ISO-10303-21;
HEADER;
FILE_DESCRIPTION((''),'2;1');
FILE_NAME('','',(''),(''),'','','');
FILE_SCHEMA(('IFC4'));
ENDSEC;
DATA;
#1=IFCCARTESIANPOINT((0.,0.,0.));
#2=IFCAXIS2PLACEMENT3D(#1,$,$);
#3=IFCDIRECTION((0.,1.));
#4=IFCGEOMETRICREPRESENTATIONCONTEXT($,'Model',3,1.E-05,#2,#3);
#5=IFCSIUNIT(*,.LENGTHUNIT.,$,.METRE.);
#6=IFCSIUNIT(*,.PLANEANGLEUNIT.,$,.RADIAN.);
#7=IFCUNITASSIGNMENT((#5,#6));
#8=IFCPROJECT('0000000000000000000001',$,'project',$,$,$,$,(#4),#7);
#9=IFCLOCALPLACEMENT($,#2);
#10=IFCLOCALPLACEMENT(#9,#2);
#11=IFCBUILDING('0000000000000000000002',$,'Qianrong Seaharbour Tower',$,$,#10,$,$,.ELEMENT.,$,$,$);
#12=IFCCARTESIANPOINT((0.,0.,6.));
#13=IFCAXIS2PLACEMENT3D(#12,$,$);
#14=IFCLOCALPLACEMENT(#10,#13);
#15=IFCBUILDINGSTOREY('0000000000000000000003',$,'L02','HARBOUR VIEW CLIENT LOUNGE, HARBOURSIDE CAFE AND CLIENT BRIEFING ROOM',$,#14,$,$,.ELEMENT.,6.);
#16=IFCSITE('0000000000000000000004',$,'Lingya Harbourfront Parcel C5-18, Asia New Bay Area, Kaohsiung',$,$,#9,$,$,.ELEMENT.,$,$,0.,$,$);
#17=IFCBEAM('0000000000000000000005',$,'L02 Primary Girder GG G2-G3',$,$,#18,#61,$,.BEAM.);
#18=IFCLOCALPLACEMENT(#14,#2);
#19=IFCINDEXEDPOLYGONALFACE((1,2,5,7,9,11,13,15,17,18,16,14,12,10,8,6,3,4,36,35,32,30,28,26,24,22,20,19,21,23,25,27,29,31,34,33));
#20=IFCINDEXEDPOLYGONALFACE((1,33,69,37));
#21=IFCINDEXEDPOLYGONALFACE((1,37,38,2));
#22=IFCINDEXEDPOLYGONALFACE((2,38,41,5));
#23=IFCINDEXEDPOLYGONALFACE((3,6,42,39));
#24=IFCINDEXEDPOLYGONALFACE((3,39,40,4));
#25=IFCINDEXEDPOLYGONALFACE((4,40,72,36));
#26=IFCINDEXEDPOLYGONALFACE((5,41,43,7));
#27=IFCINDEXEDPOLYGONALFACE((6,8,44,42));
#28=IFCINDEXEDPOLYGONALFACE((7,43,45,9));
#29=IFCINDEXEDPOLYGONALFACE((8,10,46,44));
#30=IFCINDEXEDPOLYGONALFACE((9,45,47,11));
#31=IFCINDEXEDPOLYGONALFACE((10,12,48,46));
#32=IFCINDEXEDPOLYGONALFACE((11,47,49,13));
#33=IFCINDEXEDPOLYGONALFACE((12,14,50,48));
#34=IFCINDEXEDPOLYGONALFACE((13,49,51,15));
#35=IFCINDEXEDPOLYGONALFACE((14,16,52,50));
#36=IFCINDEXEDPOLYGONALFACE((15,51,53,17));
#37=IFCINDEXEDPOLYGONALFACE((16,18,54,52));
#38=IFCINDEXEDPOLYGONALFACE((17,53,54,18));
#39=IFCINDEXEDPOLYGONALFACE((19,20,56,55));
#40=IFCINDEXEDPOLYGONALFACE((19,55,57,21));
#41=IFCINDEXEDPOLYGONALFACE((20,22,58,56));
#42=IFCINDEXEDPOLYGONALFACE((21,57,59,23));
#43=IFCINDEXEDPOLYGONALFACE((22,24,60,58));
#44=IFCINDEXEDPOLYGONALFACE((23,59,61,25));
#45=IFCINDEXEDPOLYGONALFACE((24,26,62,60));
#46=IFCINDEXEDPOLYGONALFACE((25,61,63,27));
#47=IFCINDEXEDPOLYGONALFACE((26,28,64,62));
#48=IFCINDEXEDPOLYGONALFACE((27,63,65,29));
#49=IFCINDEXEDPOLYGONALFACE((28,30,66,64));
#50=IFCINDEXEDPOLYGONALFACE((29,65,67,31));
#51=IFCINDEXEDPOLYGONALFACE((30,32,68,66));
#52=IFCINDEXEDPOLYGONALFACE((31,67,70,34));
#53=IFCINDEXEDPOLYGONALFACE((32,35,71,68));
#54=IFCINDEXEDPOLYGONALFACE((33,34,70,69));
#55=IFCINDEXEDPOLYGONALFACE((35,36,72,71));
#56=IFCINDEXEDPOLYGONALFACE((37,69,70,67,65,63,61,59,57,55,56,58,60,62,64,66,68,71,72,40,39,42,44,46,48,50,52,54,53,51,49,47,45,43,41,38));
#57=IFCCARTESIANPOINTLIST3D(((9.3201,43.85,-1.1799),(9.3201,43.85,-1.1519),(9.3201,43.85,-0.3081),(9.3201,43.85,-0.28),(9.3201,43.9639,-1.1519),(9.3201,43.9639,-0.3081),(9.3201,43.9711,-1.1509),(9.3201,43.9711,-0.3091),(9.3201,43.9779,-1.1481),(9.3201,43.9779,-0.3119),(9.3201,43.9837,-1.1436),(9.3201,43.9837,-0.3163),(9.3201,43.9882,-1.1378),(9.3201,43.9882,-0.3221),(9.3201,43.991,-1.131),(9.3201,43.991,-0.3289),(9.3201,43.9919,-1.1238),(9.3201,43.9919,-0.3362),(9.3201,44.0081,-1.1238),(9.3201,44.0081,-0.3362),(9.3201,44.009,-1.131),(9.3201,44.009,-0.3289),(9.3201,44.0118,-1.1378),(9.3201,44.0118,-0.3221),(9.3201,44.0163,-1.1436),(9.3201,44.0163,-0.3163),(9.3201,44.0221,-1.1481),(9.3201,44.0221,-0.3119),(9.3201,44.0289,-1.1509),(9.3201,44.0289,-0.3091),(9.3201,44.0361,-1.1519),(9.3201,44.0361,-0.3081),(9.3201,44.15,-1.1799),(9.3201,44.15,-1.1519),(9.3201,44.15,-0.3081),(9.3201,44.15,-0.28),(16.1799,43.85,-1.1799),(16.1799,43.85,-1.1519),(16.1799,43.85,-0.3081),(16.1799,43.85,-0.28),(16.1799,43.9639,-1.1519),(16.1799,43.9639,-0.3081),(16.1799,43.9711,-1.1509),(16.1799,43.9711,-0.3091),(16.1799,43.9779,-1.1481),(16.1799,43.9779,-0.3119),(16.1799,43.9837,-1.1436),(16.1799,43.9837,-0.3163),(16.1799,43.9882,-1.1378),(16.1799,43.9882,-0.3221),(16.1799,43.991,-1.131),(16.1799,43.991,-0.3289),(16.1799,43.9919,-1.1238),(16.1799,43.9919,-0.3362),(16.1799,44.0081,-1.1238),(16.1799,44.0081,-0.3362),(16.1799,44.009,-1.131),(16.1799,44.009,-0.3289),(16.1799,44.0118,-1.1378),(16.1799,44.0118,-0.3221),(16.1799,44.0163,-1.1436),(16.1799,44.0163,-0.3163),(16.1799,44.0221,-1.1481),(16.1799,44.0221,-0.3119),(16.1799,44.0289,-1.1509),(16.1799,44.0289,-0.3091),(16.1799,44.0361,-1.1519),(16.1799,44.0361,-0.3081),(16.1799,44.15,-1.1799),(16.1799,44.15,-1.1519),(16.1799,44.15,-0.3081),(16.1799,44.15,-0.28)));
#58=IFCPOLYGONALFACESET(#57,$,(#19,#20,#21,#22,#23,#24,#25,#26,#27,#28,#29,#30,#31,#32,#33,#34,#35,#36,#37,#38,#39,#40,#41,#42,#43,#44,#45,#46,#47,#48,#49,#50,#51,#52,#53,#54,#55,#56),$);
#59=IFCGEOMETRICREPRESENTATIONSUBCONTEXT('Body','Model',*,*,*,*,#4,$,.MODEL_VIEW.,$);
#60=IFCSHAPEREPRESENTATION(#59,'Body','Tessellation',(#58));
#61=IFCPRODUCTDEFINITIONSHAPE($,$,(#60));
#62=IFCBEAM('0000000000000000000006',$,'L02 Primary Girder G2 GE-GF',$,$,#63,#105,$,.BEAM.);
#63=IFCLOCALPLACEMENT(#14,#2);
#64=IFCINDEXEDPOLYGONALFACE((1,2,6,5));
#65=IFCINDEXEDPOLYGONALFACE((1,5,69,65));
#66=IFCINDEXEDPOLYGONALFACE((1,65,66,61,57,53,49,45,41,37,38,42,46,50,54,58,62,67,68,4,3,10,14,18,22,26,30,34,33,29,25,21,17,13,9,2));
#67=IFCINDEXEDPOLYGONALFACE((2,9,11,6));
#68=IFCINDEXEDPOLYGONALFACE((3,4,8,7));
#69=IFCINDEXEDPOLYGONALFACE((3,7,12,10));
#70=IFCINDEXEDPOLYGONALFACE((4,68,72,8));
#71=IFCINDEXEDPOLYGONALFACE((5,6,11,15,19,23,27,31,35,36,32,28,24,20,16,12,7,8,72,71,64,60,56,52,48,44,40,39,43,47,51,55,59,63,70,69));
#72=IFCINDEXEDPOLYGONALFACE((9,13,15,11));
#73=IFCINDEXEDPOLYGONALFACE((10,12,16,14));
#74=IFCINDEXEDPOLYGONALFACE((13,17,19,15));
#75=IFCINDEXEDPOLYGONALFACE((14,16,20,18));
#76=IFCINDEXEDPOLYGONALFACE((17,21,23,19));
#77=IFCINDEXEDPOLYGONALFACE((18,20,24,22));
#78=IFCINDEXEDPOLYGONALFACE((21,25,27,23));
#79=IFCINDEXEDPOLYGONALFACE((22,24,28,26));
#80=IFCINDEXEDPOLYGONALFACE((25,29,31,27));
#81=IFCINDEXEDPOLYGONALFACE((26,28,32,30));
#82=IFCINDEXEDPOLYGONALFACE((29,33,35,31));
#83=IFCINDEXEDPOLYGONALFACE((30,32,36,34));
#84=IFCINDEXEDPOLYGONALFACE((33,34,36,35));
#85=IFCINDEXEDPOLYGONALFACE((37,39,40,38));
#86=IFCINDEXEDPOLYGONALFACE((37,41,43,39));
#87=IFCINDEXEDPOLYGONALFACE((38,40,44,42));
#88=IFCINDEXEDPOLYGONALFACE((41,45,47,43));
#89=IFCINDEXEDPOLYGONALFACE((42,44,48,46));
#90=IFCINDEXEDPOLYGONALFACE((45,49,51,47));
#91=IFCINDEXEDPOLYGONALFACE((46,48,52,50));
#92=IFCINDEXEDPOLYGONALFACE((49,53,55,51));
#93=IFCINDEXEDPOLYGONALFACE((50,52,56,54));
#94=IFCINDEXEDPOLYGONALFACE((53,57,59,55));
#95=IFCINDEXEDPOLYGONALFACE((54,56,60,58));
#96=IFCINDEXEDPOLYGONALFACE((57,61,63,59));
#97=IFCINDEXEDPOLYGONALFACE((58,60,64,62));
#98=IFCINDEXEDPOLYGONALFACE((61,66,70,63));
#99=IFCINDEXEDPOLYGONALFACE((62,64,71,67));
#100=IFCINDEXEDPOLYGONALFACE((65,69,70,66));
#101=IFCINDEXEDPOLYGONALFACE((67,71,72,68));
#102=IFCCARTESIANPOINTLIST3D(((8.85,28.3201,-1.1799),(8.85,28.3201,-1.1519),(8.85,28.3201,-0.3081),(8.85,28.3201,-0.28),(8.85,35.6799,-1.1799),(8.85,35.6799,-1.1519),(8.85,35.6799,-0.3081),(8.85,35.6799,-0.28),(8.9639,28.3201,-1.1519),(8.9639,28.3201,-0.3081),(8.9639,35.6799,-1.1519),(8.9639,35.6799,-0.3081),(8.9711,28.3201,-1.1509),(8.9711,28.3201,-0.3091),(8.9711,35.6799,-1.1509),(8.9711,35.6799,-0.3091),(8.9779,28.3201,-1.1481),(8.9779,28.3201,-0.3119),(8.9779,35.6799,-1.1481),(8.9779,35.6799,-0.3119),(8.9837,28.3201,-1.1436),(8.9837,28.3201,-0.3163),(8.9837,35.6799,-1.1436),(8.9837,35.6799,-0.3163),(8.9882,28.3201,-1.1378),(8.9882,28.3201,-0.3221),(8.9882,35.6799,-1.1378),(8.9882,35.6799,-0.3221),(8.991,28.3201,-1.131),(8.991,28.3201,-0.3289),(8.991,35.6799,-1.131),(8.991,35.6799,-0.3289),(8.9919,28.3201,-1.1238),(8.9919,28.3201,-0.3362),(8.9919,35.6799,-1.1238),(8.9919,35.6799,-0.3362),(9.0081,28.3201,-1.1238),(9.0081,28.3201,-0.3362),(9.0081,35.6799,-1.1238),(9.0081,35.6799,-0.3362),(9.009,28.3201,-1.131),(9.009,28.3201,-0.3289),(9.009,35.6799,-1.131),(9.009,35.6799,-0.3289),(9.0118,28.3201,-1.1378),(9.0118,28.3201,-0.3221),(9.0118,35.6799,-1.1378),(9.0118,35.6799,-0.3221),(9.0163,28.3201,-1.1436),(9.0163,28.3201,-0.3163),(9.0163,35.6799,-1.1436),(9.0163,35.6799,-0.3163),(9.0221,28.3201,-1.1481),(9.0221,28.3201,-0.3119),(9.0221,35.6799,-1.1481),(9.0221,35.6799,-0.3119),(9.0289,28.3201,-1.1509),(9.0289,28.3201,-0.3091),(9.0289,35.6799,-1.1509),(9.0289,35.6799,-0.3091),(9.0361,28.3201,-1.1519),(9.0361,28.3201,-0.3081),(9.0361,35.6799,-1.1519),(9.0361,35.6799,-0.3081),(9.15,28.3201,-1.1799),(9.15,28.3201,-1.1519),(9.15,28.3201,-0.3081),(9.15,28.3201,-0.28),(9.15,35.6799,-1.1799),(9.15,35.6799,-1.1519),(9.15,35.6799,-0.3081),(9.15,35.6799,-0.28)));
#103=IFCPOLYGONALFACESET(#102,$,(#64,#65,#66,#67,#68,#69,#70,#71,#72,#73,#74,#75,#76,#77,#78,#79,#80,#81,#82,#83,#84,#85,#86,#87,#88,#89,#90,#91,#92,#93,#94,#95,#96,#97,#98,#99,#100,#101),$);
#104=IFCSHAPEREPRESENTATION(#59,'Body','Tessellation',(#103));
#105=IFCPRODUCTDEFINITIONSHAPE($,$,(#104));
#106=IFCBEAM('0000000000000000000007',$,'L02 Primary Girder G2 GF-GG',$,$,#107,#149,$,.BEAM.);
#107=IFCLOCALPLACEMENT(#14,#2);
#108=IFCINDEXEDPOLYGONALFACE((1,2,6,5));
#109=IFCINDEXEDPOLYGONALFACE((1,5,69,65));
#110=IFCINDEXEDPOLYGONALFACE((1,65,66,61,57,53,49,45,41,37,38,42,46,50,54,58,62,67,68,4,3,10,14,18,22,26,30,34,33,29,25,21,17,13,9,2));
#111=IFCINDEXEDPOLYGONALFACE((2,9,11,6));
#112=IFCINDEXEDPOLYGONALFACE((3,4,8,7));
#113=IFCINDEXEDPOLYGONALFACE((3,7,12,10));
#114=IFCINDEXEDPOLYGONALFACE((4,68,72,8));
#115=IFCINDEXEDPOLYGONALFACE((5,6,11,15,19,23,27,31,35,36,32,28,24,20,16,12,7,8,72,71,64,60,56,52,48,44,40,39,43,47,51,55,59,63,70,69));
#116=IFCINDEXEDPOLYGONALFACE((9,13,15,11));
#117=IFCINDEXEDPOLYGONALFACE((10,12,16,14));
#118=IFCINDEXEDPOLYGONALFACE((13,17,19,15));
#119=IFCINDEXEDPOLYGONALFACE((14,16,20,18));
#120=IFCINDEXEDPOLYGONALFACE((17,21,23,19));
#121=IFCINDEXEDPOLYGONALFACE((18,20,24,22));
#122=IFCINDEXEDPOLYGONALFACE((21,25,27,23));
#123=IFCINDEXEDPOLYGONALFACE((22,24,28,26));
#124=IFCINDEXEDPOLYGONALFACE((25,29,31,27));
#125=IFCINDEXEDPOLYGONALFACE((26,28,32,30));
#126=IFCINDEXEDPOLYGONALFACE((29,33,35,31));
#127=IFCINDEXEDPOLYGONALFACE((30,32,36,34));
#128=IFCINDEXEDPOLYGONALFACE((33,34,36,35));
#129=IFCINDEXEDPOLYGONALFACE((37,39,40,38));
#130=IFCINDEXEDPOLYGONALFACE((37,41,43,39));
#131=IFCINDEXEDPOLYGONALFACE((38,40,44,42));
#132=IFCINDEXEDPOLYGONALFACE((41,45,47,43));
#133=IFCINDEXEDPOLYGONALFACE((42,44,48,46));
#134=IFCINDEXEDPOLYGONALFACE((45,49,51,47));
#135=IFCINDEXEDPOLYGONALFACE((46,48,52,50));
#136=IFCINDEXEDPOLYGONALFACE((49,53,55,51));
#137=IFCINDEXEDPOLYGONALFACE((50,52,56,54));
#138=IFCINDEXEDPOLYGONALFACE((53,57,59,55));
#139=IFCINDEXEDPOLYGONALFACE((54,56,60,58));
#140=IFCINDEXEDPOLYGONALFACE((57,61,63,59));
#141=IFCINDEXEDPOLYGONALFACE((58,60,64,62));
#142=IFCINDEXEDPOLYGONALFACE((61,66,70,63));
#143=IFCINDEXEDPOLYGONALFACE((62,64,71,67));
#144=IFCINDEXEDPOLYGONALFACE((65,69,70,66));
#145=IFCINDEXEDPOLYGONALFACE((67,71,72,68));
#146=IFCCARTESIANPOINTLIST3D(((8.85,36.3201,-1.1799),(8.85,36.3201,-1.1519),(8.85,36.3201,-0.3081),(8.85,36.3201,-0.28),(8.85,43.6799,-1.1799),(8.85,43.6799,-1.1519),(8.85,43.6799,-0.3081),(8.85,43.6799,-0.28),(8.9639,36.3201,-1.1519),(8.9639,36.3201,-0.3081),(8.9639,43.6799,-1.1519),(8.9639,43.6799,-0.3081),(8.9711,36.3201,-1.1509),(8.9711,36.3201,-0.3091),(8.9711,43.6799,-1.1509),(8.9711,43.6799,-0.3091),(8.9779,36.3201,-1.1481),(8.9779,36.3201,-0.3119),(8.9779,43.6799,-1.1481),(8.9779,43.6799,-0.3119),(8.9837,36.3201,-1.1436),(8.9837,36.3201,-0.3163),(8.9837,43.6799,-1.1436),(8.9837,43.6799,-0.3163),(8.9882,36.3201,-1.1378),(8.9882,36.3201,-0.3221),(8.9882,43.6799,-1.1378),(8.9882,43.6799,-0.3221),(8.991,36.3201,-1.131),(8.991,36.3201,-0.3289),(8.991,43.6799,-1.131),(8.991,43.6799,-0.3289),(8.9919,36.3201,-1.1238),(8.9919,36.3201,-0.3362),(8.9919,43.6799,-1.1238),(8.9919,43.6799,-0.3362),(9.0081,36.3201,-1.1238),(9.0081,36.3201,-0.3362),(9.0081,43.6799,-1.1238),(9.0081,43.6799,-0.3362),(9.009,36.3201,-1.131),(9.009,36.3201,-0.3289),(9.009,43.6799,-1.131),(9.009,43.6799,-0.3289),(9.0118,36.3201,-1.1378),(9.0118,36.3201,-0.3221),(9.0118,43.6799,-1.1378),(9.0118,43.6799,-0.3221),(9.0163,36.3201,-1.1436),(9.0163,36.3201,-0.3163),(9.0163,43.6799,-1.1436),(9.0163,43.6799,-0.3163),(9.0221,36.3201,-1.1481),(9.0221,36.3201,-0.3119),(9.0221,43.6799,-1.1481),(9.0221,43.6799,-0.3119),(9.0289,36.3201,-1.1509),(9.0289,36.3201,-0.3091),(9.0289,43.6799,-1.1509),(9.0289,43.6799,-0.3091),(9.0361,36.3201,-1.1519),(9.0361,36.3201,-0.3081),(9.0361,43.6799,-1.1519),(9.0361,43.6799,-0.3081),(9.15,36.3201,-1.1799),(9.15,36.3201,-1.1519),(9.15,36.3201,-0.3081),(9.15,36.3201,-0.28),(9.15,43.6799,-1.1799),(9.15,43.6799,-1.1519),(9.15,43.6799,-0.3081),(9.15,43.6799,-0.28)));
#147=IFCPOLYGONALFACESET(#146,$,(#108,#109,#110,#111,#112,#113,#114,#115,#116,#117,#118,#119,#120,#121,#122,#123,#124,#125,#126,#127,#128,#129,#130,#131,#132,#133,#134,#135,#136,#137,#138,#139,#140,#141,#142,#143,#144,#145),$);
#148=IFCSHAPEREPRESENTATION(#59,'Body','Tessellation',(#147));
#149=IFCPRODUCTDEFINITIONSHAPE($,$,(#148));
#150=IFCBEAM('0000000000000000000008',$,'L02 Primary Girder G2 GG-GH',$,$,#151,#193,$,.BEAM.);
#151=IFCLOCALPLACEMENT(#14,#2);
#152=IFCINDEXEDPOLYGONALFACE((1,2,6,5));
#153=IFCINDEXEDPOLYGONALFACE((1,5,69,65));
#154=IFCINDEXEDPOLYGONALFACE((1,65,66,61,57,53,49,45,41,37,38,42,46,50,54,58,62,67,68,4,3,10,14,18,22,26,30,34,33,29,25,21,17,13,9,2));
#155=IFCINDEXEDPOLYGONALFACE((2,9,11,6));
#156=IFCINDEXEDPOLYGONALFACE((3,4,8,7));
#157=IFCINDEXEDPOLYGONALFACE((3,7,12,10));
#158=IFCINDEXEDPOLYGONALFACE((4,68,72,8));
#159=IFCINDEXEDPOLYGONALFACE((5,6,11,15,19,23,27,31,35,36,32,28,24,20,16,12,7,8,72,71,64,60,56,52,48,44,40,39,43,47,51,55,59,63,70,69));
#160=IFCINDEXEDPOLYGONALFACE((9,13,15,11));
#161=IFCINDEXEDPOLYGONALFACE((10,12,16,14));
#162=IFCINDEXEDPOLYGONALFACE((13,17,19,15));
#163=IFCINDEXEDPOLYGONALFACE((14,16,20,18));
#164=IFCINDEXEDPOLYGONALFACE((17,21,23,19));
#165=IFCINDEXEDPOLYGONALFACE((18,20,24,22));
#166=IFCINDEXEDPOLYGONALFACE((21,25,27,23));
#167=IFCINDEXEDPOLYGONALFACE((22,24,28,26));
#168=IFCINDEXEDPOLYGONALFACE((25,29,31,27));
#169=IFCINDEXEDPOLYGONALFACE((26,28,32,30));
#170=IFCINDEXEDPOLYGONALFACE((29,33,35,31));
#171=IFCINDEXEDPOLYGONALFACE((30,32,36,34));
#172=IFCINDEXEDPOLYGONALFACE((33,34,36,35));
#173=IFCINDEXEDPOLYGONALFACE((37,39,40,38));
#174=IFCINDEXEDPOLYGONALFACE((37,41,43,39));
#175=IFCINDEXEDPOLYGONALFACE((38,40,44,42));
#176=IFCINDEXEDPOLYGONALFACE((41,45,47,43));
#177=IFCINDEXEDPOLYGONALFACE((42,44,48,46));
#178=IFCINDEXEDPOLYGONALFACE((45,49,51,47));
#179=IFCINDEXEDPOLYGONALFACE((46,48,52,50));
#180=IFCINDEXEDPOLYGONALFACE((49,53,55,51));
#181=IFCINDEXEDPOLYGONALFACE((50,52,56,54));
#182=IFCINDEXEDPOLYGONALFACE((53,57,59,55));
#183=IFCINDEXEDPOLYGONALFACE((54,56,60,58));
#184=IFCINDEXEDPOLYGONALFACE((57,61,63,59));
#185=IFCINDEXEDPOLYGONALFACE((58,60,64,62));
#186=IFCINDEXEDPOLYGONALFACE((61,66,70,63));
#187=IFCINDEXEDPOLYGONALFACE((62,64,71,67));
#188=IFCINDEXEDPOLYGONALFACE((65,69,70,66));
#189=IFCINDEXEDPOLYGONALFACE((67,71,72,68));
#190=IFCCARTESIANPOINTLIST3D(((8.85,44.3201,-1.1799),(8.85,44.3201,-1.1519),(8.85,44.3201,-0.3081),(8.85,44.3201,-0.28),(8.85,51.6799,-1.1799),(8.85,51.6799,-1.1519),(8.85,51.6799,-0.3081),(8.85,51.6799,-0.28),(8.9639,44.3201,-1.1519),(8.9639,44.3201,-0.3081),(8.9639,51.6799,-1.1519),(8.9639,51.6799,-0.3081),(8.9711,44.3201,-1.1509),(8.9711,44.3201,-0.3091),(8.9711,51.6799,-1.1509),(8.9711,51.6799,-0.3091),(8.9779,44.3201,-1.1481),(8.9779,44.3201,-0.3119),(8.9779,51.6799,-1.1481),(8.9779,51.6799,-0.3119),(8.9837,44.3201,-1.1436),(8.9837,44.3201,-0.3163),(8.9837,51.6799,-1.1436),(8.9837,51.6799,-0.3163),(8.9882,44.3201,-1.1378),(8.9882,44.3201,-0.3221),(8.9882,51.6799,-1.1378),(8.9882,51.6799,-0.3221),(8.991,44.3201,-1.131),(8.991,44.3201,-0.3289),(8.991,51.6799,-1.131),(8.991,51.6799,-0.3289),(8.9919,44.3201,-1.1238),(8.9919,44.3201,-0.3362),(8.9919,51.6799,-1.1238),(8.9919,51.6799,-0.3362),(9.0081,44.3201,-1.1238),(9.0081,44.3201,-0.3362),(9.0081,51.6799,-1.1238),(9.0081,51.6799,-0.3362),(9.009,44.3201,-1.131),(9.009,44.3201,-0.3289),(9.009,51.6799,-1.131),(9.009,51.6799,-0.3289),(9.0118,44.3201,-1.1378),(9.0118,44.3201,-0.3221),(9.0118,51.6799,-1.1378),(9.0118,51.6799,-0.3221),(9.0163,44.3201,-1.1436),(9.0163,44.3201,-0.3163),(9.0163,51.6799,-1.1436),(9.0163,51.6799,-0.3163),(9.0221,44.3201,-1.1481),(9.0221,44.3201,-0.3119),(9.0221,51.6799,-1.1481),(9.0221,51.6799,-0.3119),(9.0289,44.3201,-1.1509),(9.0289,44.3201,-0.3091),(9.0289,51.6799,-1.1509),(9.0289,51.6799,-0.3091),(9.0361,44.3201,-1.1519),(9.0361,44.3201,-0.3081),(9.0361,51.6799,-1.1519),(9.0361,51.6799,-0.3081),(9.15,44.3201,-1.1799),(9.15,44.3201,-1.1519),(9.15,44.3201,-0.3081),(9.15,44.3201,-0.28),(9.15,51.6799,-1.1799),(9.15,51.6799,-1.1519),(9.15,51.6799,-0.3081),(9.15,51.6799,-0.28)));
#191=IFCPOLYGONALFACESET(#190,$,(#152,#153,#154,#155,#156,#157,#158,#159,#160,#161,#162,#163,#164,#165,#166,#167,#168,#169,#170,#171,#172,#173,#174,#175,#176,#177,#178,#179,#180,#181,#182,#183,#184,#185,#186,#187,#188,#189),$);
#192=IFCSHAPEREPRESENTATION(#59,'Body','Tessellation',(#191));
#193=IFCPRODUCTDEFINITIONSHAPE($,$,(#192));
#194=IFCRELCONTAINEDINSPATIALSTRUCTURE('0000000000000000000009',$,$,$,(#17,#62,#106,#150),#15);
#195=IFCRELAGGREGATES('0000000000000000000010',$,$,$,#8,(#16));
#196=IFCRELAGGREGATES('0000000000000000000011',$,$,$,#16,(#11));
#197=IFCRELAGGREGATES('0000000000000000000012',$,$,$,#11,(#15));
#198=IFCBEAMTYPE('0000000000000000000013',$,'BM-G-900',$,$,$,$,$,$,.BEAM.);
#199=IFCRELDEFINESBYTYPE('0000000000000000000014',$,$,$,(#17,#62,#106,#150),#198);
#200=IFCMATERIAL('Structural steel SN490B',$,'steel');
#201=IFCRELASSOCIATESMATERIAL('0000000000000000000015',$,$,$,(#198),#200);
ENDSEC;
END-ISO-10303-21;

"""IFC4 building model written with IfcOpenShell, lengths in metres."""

from ifc_helpers import new_model, si_unit, direction, frame, origin, origin_2d, place, context, subcontext, project, spatial, i_section, extrude, material, material_profile, profile_set, type_object, element, save


model = new_model("IFC4")

# Units and contexts
model_context = context("Model", 3, precision=1e-05, world=origin(), true_north=direction((0.0, 1.0)))
body_context = subcontext(model_context, "Body", "Model", "MODEL_VIEW")
ifc_project = project(units=[si_unit("LENGTHUNIT", "METRE"), si_unit("PLANEANGLEUNIT", "RADIAN")], contexts=[model_context])

# Site, building, storey
site_placement = place(None, origin())
site = spatial("IfcSite", under=ifc_project, at=site_placement, Name="Lingya Harbourfront Parcel C5-18, Asia New Bay Area, Kaohsiung", CompositionType="ELEMENT", RefElevation=0.0)
building_placement = place(site_placement, origin())
building = spatial("IfcBuilding", under=site, at=building_placement, Name="Qianrong Seaharbour Tower", CompositionType="ELEMENT")
storey_placement = place(building_placement, frame((0.0, 0.0, 6.0)))
storey = spatial("IfcBuildingStorey", under=building, at=storey_placement, Name="L02", Description="HARBOUR VIEW CLIENT LOUNGE, HARBOURSIDE CAFE AND CLIENT BRIEFING ROOM", CompositionType="ELEMENT", Elevation=6.0)

# Shared definitions
ifc_material_1 = material(Name="Structural steel SN490B", Category="steel")

# Beams
ifc_material_profile_1 = material_profile(ifc_material_1, i_section(OverallWidth=0.3, OverallDepth=0.8999, WebThickness=0.0161, FlangeThickness=0.0281, FilletRadius=0.0281, at=origin_2d()), Name="H900x300x16x28")
ifc_profile_set_1 = profile_set([ifc_material_profile_1], Name="Structural steel SN490B")
beam_type_1 = type_object("IfcBeamType", Name="BM-G-900", PredefinedType="BEAM", material=ifc_profile_set_1)
beam_1_placement = place(storey_placement, frame((9.3201, 44.0, -0.73), z_axis=(1.0, 0.0, 0.0), x_axis=(0.0, 1.0, 0.0)))
element("IfcBeam", 1, at=beam_1_placement, inside=storey, type_object=beam_type_1, Name="L02 Primary Girder GG G2-G3", PredefinedType="BEAM", context=body_context, shape_type="SweptSolid", body=[
    extrude(i_section(OverallWidth=0.3, OverallDepth=0.8999, WebThickness=0.0161, FlangeThickness=0.0281, FilletRadius=0.0281, at=origin_2d()), origin(), (0.0, 0.0, 1.0), 6.8599),
])
for number, where, z_axis, x_axis, name in (
    (2, (9.0, 28.3201, -0.73), (0.0, 1.0, 0.0), (-1.0, 0.0, 0.0), "L02 Primary Girder G2 GE-GF"),
    (3, (9.0, 36.3201, -0.73), (0.0, 1.0, 0.0), (-1.0, 0.0, 0.0), "L02 Primary Girder G2 GF-GG"),
    (4, (9.0, 44.3201, -0.73), (0.0, 1.0, 0.0), (-1.0, 0.0, 0.0), "L02 Primary Girder G2 GG-GH"),
):
    element("IfcBeam", number, at=place(storey_placement, frame(where, z_axis=z_axis, x_axis=x_axis)), inside=storey, type_object=beam_type_1, Name=name, PredefinedType="BEAM", context=body_context, shape_type="SweptSolid", body=[
        extrude(i_section(OverallWidth=0.3, OverallDepth=0.8999, WebThickness=0.0161, FlangeThickness=0.0281, FilletRadius=0.0281, at=origin_2d()), origin(), (0.0, 0.0, 1.0), 7.3599),
    ])

save(model, "model.ifc")
